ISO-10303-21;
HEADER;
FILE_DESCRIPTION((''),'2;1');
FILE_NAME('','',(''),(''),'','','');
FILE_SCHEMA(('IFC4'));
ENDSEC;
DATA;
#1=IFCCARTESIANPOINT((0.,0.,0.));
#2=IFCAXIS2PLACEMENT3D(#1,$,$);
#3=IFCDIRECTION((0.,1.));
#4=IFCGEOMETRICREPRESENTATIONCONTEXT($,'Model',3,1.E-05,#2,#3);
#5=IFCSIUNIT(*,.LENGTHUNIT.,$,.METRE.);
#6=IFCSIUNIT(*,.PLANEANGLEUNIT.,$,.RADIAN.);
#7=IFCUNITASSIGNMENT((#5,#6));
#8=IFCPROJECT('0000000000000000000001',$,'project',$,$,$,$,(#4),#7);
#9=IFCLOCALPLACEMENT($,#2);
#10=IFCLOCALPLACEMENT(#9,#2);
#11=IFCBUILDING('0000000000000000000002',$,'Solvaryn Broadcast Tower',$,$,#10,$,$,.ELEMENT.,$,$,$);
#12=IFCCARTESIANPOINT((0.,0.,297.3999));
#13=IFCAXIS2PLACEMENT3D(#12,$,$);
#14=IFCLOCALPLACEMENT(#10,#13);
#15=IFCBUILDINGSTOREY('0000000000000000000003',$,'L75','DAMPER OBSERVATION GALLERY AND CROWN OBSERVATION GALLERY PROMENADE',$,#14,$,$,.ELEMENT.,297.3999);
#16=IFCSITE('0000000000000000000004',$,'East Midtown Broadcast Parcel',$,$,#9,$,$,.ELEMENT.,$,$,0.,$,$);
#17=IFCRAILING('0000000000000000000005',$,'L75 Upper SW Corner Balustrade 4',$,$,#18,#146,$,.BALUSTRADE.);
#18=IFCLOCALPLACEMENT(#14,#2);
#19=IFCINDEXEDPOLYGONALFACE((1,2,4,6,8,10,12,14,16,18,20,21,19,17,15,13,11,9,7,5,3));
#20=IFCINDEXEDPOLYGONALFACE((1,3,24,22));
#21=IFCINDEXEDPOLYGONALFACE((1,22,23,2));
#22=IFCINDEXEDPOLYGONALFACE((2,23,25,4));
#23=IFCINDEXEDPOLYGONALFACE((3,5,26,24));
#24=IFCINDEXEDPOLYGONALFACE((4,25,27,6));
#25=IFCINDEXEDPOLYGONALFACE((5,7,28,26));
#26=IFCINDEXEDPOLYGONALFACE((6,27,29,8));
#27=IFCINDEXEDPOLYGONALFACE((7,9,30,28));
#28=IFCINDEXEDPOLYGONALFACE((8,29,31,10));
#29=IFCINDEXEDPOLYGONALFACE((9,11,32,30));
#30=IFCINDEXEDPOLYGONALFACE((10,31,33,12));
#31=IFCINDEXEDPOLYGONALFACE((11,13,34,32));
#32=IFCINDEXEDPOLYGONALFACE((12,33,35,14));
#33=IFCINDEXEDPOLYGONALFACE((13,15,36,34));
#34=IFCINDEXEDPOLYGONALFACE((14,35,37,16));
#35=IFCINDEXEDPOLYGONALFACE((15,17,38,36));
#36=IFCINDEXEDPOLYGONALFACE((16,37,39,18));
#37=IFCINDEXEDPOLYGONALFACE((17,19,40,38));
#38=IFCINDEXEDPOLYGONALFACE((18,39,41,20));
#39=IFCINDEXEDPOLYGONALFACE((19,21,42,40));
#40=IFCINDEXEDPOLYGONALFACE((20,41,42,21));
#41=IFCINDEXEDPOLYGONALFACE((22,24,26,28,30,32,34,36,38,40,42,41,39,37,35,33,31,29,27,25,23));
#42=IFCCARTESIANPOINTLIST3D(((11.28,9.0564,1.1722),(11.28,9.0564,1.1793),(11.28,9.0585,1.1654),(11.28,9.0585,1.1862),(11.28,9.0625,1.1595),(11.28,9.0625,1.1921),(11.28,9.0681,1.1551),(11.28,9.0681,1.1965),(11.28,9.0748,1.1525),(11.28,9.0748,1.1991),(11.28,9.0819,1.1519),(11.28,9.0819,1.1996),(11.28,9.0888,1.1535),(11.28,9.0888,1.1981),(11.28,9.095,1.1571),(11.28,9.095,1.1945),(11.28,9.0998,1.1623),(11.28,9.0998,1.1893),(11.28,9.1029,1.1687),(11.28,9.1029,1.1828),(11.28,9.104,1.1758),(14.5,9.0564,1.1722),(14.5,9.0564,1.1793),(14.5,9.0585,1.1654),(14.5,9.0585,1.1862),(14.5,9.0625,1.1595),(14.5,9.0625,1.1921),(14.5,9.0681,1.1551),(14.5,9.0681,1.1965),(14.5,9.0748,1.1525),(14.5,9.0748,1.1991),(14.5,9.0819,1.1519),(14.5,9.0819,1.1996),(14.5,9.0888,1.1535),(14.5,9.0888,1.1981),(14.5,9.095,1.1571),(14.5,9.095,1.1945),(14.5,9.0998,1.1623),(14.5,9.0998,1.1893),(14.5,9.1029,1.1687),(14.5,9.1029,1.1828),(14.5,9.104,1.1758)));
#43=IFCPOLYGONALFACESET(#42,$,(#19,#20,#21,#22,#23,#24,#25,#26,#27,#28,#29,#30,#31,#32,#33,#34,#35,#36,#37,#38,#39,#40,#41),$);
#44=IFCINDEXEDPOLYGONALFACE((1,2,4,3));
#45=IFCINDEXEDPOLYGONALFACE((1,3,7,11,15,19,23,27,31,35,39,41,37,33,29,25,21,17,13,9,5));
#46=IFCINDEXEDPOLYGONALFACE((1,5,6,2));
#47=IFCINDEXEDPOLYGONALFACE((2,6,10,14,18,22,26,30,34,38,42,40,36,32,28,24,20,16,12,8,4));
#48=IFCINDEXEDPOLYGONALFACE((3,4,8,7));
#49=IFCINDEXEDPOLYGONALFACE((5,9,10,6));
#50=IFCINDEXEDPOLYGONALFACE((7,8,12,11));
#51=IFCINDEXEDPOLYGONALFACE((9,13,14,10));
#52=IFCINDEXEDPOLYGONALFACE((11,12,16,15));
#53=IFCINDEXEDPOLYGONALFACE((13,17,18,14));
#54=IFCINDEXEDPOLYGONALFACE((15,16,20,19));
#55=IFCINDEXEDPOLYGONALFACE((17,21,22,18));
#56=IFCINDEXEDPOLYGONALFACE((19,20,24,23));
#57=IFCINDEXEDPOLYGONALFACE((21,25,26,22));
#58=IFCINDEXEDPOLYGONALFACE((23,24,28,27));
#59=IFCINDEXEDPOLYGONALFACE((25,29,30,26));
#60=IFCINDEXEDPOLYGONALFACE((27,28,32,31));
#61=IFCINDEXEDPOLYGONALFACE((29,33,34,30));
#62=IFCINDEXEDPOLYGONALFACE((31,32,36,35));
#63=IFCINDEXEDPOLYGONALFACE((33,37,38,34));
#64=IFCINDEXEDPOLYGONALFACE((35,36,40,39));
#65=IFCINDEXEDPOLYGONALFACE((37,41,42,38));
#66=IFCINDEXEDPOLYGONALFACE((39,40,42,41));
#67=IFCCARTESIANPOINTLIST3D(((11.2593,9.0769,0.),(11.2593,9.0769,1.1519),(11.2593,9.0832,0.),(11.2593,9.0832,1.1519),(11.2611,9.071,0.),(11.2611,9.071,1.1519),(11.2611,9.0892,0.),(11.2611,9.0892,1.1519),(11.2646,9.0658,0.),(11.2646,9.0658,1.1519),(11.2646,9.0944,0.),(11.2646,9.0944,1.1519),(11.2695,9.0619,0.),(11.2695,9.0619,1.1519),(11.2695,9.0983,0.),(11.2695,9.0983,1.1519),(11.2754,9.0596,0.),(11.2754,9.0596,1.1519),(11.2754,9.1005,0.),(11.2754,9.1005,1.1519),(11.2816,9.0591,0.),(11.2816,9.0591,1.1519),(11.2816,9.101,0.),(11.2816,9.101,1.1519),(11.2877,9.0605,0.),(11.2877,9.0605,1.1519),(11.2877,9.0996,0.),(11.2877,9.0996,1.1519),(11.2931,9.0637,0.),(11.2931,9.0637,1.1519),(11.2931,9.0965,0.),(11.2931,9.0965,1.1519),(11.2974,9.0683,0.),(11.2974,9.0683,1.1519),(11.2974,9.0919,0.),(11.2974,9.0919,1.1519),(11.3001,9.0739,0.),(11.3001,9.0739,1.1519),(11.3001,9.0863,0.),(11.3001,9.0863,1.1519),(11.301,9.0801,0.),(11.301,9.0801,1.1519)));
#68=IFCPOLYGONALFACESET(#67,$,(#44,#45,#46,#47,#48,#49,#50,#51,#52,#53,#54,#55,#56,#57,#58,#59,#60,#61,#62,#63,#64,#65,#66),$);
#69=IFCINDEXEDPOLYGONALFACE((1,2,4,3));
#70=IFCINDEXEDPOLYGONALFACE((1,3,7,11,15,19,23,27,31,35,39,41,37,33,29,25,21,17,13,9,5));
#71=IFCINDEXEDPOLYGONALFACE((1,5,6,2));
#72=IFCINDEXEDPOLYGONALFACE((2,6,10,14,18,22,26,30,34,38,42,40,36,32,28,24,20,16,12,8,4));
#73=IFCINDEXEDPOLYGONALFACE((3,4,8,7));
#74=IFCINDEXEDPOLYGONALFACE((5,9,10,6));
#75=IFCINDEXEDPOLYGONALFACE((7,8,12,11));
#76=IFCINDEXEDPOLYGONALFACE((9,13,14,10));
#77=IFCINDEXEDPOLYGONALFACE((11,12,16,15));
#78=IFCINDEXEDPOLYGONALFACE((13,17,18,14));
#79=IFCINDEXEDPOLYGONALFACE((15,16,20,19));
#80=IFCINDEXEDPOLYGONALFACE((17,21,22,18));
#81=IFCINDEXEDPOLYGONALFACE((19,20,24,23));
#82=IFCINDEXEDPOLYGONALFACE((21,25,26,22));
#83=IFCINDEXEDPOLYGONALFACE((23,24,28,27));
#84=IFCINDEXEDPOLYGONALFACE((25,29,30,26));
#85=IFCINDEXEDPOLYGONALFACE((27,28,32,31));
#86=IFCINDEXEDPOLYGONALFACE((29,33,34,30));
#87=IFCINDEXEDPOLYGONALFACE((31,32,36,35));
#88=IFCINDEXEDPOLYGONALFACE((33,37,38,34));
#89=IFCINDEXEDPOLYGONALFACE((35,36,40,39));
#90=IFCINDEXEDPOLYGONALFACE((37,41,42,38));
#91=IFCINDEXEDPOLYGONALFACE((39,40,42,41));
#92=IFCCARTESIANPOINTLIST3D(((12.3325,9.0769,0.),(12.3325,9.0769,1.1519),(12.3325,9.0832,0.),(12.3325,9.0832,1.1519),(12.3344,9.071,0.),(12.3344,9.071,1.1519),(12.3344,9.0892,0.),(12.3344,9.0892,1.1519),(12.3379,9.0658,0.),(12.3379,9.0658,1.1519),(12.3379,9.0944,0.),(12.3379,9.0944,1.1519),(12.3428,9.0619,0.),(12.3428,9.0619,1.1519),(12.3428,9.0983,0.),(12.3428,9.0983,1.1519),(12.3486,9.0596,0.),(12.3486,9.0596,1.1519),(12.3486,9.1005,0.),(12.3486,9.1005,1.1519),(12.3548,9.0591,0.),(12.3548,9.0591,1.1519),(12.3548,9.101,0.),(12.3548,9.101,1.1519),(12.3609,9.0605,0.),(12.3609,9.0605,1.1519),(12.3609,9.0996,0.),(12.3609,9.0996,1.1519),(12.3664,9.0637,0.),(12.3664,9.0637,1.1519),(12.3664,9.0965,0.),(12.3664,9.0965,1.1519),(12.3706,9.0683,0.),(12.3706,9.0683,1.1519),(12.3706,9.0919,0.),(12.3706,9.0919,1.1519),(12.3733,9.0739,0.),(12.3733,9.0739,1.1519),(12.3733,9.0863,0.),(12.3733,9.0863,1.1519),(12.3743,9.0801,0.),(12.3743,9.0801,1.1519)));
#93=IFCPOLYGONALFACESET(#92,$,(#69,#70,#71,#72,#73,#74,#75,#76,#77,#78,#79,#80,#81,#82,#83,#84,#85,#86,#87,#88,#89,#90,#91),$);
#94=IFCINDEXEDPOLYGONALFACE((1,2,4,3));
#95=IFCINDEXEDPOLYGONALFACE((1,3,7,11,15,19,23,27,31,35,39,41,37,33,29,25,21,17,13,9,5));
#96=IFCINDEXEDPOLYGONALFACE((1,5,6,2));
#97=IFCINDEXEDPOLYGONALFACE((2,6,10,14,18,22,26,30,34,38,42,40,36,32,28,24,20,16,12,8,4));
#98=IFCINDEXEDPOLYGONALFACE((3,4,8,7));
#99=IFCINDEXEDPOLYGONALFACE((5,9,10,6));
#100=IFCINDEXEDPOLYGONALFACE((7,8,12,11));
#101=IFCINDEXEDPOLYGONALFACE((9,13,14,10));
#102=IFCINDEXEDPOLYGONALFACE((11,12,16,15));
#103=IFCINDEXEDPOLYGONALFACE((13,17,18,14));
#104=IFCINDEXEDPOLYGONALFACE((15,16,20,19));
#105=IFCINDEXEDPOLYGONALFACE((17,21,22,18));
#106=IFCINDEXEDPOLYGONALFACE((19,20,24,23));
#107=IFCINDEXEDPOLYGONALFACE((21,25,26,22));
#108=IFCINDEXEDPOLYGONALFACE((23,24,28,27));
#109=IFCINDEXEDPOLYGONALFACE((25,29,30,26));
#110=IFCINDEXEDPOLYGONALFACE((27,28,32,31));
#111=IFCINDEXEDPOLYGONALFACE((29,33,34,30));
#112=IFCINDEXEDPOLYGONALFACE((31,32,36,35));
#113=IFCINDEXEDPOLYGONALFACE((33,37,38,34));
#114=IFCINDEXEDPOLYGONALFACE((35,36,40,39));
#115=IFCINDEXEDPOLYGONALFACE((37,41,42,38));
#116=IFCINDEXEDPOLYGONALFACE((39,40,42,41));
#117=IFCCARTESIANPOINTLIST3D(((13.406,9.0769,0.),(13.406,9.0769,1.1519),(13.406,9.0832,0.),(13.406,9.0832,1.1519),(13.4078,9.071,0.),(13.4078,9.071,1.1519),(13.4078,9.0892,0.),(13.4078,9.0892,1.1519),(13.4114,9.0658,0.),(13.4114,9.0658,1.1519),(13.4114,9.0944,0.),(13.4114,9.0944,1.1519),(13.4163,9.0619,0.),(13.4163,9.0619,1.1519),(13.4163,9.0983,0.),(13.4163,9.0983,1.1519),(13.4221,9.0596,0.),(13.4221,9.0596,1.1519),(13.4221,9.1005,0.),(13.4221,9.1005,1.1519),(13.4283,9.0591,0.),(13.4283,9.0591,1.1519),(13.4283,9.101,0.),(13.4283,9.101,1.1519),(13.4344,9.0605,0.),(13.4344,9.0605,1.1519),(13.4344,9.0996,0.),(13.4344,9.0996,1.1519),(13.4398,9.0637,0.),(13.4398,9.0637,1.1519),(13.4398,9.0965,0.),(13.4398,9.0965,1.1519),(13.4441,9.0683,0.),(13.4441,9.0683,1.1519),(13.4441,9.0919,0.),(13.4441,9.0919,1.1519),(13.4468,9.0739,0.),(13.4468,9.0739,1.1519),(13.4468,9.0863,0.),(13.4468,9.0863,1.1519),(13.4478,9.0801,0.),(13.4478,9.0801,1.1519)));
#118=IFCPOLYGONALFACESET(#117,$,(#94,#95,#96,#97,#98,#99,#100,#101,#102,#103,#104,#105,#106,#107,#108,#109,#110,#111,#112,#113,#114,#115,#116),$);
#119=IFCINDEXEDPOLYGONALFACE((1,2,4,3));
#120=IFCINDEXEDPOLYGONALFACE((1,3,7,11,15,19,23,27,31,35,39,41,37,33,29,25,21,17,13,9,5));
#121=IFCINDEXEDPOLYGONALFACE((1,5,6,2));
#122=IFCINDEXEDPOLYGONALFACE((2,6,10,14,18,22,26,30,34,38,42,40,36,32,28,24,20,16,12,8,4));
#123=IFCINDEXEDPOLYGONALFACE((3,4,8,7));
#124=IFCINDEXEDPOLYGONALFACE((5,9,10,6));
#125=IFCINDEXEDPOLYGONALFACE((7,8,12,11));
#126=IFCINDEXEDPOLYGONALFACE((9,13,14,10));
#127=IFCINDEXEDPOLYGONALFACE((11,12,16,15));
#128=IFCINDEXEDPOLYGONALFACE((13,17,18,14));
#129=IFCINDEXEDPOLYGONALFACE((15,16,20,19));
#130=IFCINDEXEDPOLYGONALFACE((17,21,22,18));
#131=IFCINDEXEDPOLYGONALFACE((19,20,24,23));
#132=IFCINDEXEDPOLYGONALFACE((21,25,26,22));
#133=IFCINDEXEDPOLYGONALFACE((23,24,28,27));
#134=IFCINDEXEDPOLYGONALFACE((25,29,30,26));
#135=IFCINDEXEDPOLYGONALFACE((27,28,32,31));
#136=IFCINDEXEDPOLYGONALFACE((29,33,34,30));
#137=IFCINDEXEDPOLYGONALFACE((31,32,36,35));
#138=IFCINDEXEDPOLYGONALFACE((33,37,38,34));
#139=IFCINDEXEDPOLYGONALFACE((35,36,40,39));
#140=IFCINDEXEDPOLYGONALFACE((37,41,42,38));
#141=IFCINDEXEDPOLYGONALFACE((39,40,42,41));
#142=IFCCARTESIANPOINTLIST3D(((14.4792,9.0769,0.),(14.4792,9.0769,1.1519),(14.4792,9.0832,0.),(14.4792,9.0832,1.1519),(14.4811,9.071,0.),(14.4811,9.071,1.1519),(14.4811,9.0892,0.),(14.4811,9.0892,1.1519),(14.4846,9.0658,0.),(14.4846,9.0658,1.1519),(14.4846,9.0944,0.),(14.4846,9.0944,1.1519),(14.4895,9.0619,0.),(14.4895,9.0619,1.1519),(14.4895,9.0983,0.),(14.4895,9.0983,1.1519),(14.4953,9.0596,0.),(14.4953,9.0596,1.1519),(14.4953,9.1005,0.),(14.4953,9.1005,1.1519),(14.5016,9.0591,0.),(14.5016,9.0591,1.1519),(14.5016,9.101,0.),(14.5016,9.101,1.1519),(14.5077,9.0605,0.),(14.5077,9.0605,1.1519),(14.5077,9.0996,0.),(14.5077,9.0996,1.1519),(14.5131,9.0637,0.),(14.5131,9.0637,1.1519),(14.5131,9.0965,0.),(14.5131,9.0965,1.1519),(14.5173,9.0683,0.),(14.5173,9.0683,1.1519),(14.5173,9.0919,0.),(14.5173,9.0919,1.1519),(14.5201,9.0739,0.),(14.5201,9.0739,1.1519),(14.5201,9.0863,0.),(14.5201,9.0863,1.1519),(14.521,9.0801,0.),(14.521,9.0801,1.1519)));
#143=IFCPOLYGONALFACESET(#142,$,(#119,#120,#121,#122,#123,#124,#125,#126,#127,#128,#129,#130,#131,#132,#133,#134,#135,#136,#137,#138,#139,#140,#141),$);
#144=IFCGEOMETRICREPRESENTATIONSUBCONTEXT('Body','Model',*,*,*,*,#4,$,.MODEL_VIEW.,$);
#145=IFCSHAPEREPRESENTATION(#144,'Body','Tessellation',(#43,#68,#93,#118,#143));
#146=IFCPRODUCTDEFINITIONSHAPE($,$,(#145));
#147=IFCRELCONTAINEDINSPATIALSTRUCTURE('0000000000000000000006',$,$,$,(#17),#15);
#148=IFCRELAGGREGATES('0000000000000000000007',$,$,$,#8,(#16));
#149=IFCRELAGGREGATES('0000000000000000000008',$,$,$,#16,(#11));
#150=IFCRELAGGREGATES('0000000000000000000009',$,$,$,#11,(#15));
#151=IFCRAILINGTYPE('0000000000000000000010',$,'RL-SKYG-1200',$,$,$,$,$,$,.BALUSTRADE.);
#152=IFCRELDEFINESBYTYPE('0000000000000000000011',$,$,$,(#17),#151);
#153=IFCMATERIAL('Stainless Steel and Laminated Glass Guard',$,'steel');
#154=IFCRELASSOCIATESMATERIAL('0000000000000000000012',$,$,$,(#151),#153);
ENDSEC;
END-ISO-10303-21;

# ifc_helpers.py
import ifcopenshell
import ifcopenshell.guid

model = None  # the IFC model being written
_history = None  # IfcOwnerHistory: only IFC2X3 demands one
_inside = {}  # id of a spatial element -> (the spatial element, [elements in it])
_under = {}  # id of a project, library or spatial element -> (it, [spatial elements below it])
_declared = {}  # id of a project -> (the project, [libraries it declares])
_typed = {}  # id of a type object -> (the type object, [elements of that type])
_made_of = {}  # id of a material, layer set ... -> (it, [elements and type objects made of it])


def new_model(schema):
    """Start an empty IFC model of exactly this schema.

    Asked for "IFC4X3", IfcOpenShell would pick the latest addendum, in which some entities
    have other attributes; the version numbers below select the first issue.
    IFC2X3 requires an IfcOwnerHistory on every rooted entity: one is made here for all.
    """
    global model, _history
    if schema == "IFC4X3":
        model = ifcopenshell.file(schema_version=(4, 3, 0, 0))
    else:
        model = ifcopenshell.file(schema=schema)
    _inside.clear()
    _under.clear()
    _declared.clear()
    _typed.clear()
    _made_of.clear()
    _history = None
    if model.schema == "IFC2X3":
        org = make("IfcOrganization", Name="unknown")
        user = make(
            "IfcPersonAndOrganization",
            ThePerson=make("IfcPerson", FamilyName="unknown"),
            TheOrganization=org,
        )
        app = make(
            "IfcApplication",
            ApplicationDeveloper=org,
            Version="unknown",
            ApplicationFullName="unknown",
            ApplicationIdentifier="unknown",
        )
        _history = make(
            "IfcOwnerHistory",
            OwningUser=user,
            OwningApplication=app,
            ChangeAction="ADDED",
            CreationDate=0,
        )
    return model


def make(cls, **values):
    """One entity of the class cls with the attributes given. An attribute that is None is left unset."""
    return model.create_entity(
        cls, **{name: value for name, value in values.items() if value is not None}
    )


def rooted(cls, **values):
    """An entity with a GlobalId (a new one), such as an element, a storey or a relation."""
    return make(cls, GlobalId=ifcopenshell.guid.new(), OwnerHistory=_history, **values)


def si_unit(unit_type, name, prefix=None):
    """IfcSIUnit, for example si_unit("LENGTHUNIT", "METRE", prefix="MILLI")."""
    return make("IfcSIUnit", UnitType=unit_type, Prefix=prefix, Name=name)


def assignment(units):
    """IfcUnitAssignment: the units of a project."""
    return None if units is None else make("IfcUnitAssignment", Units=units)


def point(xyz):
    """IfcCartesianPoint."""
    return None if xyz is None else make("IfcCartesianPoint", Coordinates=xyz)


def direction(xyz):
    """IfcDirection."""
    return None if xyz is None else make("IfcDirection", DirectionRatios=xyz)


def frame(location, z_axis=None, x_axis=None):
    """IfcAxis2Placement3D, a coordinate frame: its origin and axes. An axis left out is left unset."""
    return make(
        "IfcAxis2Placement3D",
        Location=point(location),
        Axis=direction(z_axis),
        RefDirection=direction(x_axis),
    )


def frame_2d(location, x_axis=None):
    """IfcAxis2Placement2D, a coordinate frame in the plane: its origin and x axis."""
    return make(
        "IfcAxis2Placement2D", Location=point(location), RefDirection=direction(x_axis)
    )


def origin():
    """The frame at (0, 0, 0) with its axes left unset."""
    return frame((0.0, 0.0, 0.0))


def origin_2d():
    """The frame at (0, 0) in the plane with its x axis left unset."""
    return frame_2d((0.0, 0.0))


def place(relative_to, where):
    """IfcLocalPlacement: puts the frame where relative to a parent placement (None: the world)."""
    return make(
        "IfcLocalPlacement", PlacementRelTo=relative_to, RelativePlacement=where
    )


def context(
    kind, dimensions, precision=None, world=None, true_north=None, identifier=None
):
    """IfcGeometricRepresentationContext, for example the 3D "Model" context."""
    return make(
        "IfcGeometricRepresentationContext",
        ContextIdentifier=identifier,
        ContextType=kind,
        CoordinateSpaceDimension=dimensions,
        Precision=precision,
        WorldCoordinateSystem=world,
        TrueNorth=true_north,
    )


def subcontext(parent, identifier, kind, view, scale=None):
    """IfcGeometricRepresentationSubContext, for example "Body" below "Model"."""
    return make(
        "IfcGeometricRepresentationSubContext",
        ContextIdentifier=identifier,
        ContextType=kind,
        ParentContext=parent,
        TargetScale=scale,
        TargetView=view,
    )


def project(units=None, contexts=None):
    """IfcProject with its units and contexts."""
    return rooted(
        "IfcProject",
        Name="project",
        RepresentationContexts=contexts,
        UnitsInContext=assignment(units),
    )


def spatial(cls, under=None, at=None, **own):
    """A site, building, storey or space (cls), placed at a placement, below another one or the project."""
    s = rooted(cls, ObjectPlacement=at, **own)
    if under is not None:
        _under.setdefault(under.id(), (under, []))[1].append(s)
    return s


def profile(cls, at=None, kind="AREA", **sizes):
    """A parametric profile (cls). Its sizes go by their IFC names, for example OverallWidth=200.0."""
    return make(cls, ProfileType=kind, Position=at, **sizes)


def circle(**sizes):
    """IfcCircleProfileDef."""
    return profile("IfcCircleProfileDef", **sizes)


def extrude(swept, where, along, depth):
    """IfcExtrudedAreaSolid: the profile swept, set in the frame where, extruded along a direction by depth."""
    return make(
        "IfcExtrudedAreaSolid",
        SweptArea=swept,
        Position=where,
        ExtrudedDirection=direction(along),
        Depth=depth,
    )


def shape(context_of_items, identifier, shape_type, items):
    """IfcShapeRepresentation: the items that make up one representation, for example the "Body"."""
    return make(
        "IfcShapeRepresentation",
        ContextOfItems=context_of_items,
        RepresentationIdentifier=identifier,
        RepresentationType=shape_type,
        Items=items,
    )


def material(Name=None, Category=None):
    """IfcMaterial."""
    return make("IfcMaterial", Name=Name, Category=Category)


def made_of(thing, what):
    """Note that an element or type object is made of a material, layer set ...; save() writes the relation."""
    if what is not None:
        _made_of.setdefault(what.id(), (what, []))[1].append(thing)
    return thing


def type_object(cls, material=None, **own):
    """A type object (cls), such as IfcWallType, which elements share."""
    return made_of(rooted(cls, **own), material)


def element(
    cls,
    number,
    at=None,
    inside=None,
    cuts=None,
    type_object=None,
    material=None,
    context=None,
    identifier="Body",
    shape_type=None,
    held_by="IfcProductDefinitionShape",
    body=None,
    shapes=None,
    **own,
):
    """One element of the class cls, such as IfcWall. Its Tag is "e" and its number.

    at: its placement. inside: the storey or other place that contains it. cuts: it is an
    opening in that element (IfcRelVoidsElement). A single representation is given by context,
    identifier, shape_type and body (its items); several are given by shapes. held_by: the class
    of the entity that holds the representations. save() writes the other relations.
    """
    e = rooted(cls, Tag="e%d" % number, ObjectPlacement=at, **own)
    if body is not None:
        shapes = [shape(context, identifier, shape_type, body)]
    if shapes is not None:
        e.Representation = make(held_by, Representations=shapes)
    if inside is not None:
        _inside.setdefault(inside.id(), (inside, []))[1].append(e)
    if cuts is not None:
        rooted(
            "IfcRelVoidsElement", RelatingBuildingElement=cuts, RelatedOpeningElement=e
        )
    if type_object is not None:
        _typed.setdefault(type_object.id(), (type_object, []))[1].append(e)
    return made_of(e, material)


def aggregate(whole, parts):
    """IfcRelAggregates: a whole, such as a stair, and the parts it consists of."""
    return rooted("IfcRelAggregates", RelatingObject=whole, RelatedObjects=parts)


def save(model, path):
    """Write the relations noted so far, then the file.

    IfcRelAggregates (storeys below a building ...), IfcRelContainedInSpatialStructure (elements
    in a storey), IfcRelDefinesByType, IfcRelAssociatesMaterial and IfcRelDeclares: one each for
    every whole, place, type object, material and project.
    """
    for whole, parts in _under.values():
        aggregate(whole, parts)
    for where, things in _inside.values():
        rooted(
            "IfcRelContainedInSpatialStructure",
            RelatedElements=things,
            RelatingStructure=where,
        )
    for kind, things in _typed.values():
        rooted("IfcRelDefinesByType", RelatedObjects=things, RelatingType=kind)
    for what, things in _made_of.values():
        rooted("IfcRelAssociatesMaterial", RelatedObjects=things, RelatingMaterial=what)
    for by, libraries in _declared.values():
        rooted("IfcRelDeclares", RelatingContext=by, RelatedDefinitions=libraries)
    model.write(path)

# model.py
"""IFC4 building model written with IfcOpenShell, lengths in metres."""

from ifc_helpers import new_model, si_unit, direction, frame, origin, origin_2d, place, context, subcontext, project, spatial, circle, extrude, material, type_object, element, save


model = new_model("IFC4")

# Units and contexts
model_context = context("Model", 3, precision=1e-05, world=origin(), true_north=direction((0.0, 1.0)))
body_context = subcontext(model_context, "Body", "Model", "MODEL_VIEW")
ifc_project = project(units=[si_unit("LENGTHUNIT", "METRE"), si_unit("PLANEANGLEUNIT", "RADIAN")], contexts=[model_context])

# Site, building, storey
site_placement = place(None, origin())
site = spatial("IfcSite", under=ifc_project, at=site_placement, Name="East Midtown Broadcast Parcel", CompositionType="ELEMENT", RefElevation=0.0)
building_placement = place(site_placement, origin())
building = spatial("IfcBuilding", under=site, at=building_placement, Name="Solvaryn Broadcast Tower", CompositionType="ELEMENT")
storey_placement = place(building_placement, frame((0.0, 0.0, 297.3999)))
storey = spatial("IfcBuildingStorey", under=building, at=storey_placement, Name="L75", Description="DAMPER OBSERVATION GALLERY AND CROWN OBSERVATION GALLERY PROMENADE", CompositionType="ELEMENT", Elevation=297.3999)

# Railing
ifc_material_1 = material(Name="Stainless Steel and Laminated Glass Guard", Category="steel")
railing_type = type_object("IfcRailingType", Name="RL-SKYG-1200", PredefinedType="BALUSTRADE", material=ifc_material_1)
railing_1_placement = place(storey_placement, frame((11.28, 9.0801, 0.0)))
element("IfcRailing", 1, at=railing_1_placement, inside=storey, type_object=railing_type, Name="L75 Upper SW Corner Balustrade 4", PredefinedType="BALUSTRADE", context=body_context, shape_type="SweptSolid", body=[
    extrude(circle(Radius=0.0239, at=origin_2d()), frame((0.0, 0.0, 1.1758), z_axis=(1.0, 0.0, 0.0), x_axis=(0.0, 1.0, 0.0)), (0.0, 0.0, 1.0), 3.22),
    extrude(circle(Radius=0.021, at=origin_2d()), origin(), (0.0, 0.0, 1.0), 1.1519),
    extrude(circle(Radius=0.021, at=origin_2d()), frame((1.0732, 0.0, 0.0)), (0.0, 0.0, 1.0), 1.1519),
    extrude(circle(Radius=0.021, at=origin_2d()), frame((2.1467, 0.0, 0.0)), (0.0, 0.0, 1.0), 1.1519),
    extrude(circle(Radius=0.021, at=origin_2d()), frame((3.22, 0.0, 0.0)), (0.0, 0.0, 1.0), 1.1519),
])

save(model, "model.ifc")
